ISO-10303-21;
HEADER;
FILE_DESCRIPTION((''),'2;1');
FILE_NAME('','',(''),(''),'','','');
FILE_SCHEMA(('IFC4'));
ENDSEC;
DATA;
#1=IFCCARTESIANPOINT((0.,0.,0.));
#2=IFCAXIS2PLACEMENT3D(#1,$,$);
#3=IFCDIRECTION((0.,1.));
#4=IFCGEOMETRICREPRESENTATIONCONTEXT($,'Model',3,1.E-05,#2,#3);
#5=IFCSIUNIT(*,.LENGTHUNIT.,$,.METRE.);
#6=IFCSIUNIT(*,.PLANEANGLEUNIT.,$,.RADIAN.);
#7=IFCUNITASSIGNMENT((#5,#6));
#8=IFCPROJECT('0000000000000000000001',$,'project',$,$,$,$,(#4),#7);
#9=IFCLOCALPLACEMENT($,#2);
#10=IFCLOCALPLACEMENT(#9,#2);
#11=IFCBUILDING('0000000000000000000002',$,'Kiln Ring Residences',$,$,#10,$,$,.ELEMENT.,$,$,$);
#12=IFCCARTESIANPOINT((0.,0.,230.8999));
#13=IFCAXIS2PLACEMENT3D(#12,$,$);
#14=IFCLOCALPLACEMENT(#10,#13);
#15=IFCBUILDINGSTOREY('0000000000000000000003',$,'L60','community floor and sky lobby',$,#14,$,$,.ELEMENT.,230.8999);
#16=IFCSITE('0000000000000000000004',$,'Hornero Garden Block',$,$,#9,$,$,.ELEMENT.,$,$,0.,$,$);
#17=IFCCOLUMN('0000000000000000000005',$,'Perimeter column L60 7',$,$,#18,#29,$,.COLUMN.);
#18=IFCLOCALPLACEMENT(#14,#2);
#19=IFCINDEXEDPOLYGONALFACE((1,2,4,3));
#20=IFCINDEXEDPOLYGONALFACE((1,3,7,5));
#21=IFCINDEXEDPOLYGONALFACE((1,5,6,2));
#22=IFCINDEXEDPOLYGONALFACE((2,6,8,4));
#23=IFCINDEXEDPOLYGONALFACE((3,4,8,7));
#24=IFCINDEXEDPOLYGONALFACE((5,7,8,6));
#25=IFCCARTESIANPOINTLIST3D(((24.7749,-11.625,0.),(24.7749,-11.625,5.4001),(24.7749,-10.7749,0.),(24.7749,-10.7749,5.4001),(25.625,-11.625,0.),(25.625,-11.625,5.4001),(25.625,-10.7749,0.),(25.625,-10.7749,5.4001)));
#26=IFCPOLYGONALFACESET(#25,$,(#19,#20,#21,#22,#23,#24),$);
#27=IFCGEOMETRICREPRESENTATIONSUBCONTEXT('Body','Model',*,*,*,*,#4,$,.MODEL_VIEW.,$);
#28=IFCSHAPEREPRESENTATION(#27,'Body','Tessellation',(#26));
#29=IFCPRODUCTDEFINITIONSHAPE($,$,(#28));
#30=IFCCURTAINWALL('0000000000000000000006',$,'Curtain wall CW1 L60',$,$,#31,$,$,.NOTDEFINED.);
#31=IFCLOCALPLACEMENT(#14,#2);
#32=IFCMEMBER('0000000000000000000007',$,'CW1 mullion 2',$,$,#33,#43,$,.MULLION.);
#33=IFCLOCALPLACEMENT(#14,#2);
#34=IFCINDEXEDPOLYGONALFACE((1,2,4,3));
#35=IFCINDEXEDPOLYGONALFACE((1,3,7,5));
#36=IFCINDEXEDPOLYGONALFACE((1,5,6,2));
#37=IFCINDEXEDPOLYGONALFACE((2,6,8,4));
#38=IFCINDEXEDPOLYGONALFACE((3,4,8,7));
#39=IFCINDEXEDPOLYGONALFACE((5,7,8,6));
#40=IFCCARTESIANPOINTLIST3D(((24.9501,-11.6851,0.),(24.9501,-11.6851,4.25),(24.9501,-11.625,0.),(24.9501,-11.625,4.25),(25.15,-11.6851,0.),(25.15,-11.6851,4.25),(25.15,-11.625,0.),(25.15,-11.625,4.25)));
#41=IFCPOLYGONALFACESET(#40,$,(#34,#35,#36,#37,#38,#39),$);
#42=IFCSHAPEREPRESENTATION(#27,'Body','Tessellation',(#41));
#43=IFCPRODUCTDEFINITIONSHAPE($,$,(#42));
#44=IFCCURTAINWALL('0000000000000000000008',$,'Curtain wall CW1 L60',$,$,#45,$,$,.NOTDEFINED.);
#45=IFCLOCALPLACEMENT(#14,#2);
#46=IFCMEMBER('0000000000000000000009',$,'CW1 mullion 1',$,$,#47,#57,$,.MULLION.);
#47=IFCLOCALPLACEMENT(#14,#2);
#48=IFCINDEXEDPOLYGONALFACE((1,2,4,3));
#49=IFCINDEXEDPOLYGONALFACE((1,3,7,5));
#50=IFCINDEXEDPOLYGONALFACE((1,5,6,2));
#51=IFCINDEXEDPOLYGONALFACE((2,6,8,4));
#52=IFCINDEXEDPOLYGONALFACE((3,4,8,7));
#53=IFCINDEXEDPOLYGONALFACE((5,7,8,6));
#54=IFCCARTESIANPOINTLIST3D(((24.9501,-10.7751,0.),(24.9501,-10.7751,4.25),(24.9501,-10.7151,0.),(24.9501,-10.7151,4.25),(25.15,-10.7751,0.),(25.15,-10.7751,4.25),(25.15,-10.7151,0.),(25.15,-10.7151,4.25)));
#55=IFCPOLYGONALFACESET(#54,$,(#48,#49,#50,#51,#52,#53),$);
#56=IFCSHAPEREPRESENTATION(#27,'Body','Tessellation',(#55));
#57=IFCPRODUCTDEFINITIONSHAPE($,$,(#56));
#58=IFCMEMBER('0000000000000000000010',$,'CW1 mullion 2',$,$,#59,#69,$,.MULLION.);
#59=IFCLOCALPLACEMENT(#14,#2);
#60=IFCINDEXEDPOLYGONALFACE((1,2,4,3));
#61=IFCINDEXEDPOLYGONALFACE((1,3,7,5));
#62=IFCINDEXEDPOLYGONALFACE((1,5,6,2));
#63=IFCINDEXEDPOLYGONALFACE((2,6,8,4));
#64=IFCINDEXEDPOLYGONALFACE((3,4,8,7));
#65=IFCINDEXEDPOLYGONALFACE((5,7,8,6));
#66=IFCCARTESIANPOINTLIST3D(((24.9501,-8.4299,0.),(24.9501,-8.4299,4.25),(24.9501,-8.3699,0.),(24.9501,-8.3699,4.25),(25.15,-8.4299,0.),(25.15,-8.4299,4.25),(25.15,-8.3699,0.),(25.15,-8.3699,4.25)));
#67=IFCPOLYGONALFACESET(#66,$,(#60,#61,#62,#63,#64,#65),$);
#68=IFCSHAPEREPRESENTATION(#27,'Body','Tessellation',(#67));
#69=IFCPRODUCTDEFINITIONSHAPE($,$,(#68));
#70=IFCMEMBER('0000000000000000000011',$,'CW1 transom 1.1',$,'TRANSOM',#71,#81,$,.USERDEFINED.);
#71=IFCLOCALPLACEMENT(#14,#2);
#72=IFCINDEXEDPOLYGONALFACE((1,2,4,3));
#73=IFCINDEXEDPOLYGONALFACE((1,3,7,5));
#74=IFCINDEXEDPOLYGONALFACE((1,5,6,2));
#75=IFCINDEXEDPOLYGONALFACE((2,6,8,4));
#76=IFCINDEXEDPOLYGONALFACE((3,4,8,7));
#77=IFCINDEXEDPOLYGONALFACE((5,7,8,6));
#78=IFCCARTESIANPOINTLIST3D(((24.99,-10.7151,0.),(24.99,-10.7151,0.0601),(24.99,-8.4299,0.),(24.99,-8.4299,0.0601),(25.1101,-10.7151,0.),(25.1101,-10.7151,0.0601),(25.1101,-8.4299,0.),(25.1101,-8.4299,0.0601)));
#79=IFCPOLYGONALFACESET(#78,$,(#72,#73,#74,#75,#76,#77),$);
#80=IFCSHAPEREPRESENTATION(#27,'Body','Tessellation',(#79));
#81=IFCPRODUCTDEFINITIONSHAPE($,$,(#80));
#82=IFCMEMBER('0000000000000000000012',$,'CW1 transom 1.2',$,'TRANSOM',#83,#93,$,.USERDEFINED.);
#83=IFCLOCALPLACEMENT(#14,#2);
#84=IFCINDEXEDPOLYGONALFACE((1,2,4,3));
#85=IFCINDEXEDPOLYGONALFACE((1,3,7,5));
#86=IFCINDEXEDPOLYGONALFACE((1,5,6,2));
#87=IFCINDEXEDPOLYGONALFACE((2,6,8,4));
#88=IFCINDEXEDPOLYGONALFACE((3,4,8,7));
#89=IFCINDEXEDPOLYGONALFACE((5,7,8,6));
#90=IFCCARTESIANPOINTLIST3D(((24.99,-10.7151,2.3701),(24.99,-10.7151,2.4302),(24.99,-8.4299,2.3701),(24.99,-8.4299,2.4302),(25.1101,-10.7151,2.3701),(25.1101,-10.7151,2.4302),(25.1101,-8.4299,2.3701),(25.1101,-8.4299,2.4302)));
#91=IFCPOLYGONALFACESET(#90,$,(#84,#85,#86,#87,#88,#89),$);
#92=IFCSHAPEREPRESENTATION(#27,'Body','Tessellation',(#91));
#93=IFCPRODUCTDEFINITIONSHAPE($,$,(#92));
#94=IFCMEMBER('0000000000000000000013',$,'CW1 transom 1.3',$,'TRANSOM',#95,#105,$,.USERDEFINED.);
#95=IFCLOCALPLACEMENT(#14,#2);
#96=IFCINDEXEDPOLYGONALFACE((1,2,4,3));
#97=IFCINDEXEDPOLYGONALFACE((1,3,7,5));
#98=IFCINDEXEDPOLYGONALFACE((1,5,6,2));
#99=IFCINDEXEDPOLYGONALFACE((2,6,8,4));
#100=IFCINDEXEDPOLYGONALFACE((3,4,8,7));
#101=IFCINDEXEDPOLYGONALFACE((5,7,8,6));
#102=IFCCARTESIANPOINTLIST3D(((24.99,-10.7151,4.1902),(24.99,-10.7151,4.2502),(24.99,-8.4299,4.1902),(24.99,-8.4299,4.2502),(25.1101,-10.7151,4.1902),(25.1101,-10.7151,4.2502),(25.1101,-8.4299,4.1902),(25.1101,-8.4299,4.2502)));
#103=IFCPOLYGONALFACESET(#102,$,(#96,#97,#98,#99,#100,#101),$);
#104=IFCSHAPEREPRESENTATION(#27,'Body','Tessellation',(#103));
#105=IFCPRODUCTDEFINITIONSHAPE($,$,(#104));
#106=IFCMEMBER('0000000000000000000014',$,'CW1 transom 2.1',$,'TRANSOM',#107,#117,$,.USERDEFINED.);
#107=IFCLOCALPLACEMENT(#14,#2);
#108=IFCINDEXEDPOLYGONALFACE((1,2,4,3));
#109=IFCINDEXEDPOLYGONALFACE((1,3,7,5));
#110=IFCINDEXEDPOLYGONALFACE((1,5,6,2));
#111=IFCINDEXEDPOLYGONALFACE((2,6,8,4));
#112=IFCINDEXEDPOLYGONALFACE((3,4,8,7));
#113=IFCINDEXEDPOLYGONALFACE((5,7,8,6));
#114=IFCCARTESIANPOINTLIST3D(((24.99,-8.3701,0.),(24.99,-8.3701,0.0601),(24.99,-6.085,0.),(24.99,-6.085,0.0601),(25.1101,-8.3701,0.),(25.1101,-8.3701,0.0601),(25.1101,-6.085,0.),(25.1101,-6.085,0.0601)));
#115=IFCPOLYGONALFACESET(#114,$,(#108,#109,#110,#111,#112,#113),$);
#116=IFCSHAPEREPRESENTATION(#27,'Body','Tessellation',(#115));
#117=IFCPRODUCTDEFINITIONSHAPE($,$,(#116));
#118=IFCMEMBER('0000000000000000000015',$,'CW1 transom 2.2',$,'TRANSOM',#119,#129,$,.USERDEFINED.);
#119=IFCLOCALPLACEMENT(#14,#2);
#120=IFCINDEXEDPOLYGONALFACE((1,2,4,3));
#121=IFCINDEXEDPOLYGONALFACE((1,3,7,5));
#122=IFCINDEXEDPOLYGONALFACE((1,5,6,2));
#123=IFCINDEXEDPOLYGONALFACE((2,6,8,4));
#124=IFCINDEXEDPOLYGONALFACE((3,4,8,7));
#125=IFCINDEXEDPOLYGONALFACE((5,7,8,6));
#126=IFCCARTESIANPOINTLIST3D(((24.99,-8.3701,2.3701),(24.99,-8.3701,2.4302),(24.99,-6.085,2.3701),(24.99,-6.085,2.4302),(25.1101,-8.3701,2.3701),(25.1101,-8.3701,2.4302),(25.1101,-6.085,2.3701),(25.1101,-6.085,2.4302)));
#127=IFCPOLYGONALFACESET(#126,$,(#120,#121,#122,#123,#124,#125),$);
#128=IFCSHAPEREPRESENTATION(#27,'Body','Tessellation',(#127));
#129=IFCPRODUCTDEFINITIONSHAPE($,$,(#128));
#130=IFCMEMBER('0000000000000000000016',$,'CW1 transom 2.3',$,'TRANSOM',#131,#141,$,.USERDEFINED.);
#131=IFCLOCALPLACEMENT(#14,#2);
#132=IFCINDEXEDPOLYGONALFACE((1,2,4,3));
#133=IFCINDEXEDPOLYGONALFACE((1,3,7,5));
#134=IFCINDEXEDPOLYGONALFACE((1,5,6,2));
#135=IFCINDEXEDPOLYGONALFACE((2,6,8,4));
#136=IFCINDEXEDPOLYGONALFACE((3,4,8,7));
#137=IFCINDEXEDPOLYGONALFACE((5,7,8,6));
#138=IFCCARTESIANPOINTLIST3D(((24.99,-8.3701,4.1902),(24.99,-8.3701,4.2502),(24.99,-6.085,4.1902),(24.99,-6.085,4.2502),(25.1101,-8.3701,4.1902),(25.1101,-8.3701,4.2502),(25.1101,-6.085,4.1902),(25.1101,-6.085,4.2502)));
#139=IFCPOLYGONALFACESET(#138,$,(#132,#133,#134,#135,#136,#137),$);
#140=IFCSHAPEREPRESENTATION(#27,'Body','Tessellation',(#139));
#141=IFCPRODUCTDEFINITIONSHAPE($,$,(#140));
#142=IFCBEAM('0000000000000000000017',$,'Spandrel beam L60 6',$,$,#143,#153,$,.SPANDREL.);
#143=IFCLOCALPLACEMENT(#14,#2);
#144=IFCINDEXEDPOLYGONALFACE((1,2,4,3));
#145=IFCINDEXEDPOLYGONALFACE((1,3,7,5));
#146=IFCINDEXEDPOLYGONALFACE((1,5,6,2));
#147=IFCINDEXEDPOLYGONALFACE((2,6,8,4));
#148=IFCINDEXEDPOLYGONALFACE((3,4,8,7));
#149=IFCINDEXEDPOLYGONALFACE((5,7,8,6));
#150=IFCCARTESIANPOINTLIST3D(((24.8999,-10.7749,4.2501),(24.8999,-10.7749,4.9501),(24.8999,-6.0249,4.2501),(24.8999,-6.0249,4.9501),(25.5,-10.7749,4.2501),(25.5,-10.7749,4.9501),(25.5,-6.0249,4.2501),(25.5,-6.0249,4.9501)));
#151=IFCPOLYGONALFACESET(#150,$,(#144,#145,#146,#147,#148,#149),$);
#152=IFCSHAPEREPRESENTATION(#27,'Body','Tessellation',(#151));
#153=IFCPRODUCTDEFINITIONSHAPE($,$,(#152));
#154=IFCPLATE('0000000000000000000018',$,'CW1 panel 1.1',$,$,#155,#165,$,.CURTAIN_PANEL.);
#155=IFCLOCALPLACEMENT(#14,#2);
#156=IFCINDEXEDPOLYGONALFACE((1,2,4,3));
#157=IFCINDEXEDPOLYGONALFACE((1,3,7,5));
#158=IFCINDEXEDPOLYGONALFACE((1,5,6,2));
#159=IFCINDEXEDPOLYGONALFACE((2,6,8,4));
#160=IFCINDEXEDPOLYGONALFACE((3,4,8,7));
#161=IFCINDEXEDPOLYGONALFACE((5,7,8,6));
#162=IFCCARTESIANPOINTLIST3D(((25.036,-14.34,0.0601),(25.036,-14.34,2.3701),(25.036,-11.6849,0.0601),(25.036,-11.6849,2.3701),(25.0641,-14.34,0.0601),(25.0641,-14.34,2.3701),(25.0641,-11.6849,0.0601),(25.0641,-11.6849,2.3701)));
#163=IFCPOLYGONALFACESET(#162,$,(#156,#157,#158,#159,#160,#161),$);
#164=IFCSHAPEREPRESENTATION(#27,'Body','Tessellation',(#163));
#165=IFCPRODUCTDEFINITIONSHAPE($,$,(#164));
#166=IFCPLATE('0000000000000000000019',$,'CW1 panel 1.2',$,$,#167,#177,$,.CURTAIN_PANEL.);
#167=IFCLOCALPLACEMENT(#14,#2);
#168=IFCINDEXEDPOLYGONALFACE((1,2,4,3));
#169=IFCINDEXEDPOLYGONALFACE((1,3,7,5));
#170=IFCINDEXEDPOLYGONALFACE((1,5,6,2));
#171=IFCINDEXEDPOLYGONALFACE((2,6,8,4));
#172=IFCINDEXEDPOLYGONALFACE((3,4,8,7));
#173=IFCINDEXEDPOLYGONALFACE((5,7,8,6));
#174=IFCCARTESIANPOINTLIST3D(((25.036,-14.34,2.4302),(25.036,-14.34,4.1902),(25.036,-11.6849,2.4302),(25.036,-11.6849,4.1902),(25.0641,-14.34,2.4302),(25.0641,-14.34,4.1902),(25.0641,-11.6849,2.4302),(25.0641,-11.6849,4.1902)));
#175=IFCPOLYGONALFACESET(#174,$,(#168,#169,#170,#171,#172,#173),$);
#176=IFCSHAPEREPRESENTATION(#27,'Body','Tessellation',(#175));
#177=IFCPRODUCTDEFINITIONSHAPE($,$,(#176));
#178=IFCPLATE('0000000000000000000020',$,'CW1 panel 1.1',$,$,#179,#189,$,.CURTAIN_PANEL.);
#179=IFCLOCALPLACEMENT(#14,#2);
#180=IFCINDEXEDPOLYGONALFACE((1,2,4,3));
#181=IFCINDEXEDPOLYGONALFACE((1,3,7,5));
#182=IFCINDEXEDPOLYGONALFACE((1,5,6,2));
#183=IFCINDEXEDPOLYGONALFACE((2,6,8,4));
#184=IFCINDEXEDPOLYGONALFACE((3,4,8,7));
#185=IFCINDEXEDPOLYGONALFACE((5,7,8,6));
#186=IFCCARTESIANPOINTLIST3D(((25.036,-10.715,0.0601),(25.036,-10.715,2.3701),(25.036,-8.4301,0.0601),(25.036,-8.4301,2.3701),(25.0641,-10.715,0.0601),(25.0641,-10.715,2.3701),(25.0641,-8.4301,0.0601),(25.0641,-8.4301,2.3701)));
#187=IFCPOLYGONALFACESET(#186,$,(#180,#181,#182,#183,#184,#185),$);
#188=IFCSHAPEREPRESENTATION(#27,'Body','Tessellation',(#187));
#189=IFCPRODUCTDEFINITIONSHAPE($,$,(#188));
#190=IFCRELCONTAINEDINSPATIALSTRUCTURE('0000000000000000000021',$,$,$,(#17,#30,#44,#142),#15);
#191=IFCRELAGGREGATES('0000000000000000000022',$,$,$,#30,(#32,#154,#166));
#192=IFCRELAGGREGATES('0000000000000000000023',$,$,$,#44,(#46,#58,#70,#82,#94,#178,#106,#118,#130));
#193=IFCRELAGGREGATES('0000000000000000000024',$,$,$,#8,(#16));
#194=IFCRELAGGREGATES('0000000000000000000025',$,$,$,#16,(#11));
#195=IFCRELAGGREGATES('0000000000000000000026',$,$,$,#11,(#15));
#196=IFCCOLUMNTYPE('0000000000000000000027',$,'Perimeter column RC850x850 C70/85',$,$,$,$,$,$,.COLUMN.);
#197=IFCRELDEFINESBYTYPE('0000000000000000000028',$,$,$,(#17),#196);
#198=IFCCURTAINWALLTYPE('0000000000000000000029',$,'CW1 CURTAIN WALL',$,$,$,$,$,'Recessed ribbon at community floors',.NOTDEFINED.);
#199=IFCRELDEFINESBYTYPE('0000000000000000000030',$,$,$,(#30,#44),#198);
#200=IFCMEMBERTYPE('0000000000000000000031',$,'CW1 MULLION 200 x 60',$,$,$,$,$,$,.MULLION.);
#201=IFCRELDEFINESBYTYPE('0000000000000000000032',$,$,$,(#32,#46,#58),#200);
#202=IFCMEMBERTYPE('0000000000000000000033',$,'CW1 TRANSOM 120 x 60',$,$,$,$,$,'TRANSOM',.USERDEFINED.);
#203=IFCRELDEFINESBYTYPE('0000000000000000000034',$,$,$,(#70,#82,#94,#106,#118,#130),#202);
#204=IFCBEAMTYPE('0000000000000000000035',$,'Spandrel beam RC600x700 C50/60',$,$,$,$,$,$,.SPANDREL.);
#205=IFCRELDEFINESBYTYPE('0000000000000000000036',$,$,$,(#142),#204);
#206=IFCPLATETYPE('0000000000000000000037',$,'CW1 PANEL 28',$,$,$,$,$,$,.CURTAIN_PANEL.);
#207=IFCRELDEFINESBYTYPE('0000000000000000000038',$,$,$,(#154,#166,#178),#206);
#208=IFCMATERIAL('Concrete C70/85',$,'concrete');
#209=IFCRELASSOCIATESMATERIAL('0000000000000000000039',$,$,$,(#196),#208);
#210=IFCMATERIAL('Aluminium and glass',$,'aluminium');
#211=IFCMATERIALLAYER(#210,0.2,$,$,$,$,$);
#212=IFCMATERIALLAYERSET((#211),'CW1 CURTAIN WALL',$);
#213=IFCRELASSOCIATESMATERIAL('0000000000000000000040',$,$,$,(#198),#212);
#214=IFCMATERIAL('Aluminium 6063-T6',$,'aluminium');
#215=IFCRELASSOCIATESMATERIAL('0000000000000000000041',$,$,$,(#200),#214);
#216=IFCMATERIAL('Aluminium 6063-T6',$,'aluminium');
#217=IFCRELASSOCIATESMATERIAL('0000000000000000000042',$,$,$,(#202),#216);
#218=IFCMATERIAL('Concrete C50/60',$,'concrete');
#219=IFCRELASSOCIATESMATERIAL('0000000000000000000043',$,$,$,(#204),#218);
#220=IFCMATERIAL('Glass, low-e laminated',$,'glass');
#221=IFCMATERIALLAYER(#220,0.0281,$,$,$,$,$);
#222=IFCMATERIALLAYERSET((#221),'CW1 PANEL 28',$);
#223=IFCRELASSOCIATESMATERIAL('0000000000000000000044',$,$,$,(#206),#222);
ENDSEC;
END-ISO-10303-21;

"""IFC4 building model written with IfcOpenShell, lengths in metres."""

from ifc_helpers import new_model, si_unit, direction, frame, origin, origin_2d, place, context, subcontext, project, spatial, rectangle, extrude, material, layer, layer_set, material_profile, profile_set, type_object, element, aggregate, save


model = new_model("IFC4")

# Units and contexts
model_context = context("Model", 3, precision=1e-05, world=origin(), true_north=direction((0.0, 1.0)))
body_context = subcontext(model_context, "Body", "Model", "MODEL_VIEW")
ifc_project = project(units=[si_unit("LENGTHUNIT", "METRE"), si_unit("PLANEANGLEUNIT", "RADIAN")], contexts=[model_context])

# Site, building, storey
site_placement = place(None, origin())
site = spatial("IfcSite", under=ifc_project, at=site_placement, Name="Hornero Garden Block", CompositionType="ELEMENT", RefElevation=0.0)
building_placement = place(site_placement, origin())
building = spatial("IfcBuilding", under=site, at=building_placement, Name="Kiln Ring Residences", CompositionType="ELEMENT")
storey_placement = place(building_placement, frame((0.0, 0.0, 230.8999)))
storey = spatial("IfcBuildingStorey", under=building, at=storey_placement, Name="L60", Description="community floor and sky lobby", CompositionType="ELEMENT", Elevation=230.8999)

# Column
ifc_material_1 = material(Name="Concrete C70/85", Category="concrete")
ifc_material_profile_1 = material_profile(ifc_material_1, rectangle(XDim=0.8501, YDim=0.8501, at=origin_2d()), Name="RC850x850")
ifc_profile_set_1 = profile_set([ifc_material_profile_1], Name="Concrete C70/85")
column_type = type_object("IfcColumnType", Name="Perimeter column RC850x850 C70/85", PredefinedType="COLUMN", material=ifc_profile_set_1)
column_placement = place(storey_placement, frame((25.2, -11.2, 0.0), z_axis=(0.0, 0.0, 1.0), x_axis=(1.0, 0.0, 0.0)))
element("IfcColumn", 1, at=column_placement, inside=storey, type_object=column_type, Name="Perimeter column L60 7", PredefinedType="COLUMN", context=body_context, shape_type="SweptSolid", body=[
    extrude(rectangle(XDim=0.8501, YDim=0.8501, at=origin_2d()), origin(), (0.0, 0.0, 1.0), 5.4001),
])

# Curtain wall, member
ifc_material_2 = material(Name="Aluminium and glass", Category="aluminium")
ifc_layer_1 = layer(ifc_material_2, 0.2)
ifc_layer_set_1 = layer_set([ifc_layer_1], Name="CW1 CURTAIN WALL")
curtain_wall_type = type_object("IfcCurtainWallType", Name="CW1 CURTAIN WALL", ElementType="Recessed ribbon at community floors", PredefinedType="NOTDEFINED", material=ifc_layer_set_1)
placement = place(storey_placement, origin())
curtain_wall_1 = element("IfcCurtainWall", 2, at=placement, inside=storey, type_object=curtain_wall_type, Name="Curtain wall CW1 L60", PredefinedType="NOTDEFINED")
ifc_material_3 = material(Name="Aluminium 6063-T6", Category="aluminium")
ifc_material_profile_2 = material_profile(ifc_material_3, rectangle(XDim=0.2, YDim=0.0601, at=origin_2d()), Name="AL 200x60")
ifc_profile_set_2 = profile_set([ifc_material_profile_2], Name="Aluminium 6063-T6")
member_type_1 = type_object("IfcMemberType", Name="CW1 MULLION 200 x 60", PredefinedType="MULLION", material=ifc_profile_set_2)
member_1_placement = place(storey_placement, frame((25.05, -11.655, 0.0), z_axis=(0.0, 0.0, 1.0), x_axis=(-1.0, 0.0, 0.0)))
member_1 = element("IfcMember", 3, at=member_1_placement, type_object=member_type_1, Name="CW1 mullion 2", PredefinedType="MULLION", context=body_context, shape_type="SweptSolid", body=[
    extrude(rectangle(XDim=0.2, YDim=0.0601, at=origin_2d()), origin(), (0.0, 0.0, 1.0), 4.25),
])

# Curtain wall, members
curtain_wall_2 = element("IfcCurtainWall", 4, at=placement, inside=storey, type_object=curtain_wall_type, Name="Curtain wall CW1 L60", PredefinedType="NOTDEFINED")
member_2_placement = place(storey_placement, frame((25.05, -10.7451, 0.0), z_axis=(0.0, 0.0, 1.0), x_axis=(-1.0, 0.0, 0.0)))
member_2 = element("IfcMember", 5, at=member_2_placement, type_object=member_type_1, Name="CW1 mullion 1", PredefinedType="MULLION", context=body_context, shape_type="SweptSolid", body=[
    extrude(rectangle(XDim=0.2, YDim=0.0601, at=origin_2d()), origin(), (0.0, 0.0, 1.0), 4.25),
])
member_3_placement = place(storey_placement, frame((25.05, -8.3999, 0.0), z_axis=(0.0, 0.0, 1.0), x_axis=(-1.0, 0.0, 0.0)))
member_3 = element("IfcMember", 6, at=member_3_placement, type_object=member_type_1, Name="CW1 mullion 2", PredefinedType="MULLION", context=body_context, shape_type="SweptSolid", body=[
    extrude(rectangle(XDim=0.2, YDim=0.0601, at=origin_2d()), origin(), (0.0, 0.0, 1.0), 4.25),
])
ifc_material_4 = material(Name="Aluminium 6063-T6", Category="aluminium")
ifc_material_profile_3 = material_profile(ifc_material_4, rectangle(XDim=0.1201, YDim=0.0601, at=origin_2d()), Name="AL 120x60")
ifc_profile_set_3 = profile_set([ifc_material_profile_3], Name="Aluminium 6063-T6")
member_type_2 = type_object("IfcMemberType", Name="CW1 TRANSOM 120 x 60", ElementType="TRANSOM", PredefinedType="USERDEFINED", material=ifc_profile_set_3)
member_4_placement = place(storey_placement, frame((25.05, -10.7151, 0.03), z_axis=(0.0, 1.0, 0.0), x_axis=(-1.0, 0.0, 0.0)))
member_4 = element("IfcMember", 7, at=member_4_placement, type_object=member_type_2, Name="CW1 transom 1.1", ObjectType="TRANSOM", PredefinedType="USERDEFINED", context=body_context, shape_type="SweptSolid", body=[
    extrude(rectangle(XDim=0.1201, YDim=0.0601, at=origin_2d()), origin(), (0.0, 0.0, 1.0), 2.2852),
])
member_5_placement = place(storey_placement, frame((25.05, -10.7151, 2.4001), z_axis=(0.0, 1.0, 0.0), x_axis=(-1.0, 0.0, 0.0)))
member_5 = element("IfcMember", 8, at=member_5_placement, type_object=member_type_2, Name="CW1 transom 1.2", ObjectType="TRANSOM", PredefinedType="USERDEFINED", context=body_context, shape_type="SweptSolid", body=[
    extrude(rectangle(XDim=0.1201, YDim=0.0601, at=origin_2d()), origin(), (0.0, 0.0, 1.0), 2.2852),
])
member_6_placement = place(storey_placement, frame((25.05, -10.7151, 4.2202), z_axis=(0.0, 1.0, 0.0), x_axis=(-1.0, 0.0, 0.0)))
member_6 = element("IfcMember", 9, at=member_6_placement, type_object=member_type_2, Name="CW1 transom 1.3", ObjectType="TRANSOM", PredefinedType="USERDEFINED", context=body_context, shape_type="SweptSolid", body=[
    extrude(rectangle(XDim=0.1201, YDim=0.0601, at=origin_2d()), origin(), (0.0, 0.0, 1.0), 2.2852),
])
member_7_placement = place(storey_placement, frame((25.05, -8.3701, 0.03), z_axis=(0.0, 1.0, 0.0), x_axis=(-1.0, 0.0, 0.0)))
member_7 = element("IfcMember", 10, at=member_7_placement, type_object=member_type_2, Name="CW1 transom 2.1", ObjectType="TRANSOM", PredefinedType="USERDEFINED", context=body_context, shape_type="SweptSolid", body=[
    extrude(rectangle(XDim=0.1201, YDim=0.0601, at=origin_2d()), origin(), (0.0, 0.0, 1.0), 2.2852),
])
member_8_placement = place(storey_placement, frame((25.05, -8.3701, 2.4001), z_axis=(0.0, 1.0, 0.0), x_axis=(-1.0, 0.0, 0.0)))
member_8 = element("IfcMember", 11, at=member_8_placement, type_object=member_type_2, Name="CW1 transom 2.2", ObjectType="TRANSOM", PredefinedType="USERDEFINED", context=body_context, shape_type="SweptSolid", body=[
    extrude(rectangle(XDim=0.1201, YDim=0.0601, at=origin_2d()), origin(), (0.0, 0.0, 1.0), 2.2852),
])
member_9_placement = place(storey_placement, frame((25.05, -8.3701, 4.2202), z_axis=(0.0, 1.0, 0.0), x_axis=(-1.0, 0.0, 0.0)))
member_9 = element("IfcMember", 12, at=member_9_placement, type_object=member_type_2, Name="CW1 transom 2.3", ObjectType="TRANSOM", PredefinedType="USERDEFINED", context=body_context, shape_type="SweptSolid", body=[
    extrude(rectangle(XDim=0.1201, YDim=0.0601, at=origin_2d()), origin(), (0.0, 0.0, 1.0), 2.2852),
])

# Beam
ifc_material_5 = material(Name="Concrete C50/60", Category="concrete")
ifc_material_profile_4 = material_profile(ifc_material_5, rectangle(XDim=0.6001, YDim=0.7, at=origin_2d()), Name="RC600x700")
ifc_profile_set_4 = profile_set([ifc_material_profile_4], Name="Concrete C50/60")
beam_type = type_object("IfcBeamType", Name="Spandrel beam RC600x700 C50/60", PredefinedType="SPANDREL", material=ifc_profile_set_4)
beam_placement = place(storey_placement, frame((25.2, -10.7749, 4.6001), z_axis=(0.0, 1.0, 0.0), x_axis=(-1.0, 0.0, 0.0)))
element("IfcBeam", 13, at=beam_placement, inside=storey, type_object=beam_type, Name="Spandrel beam L60 6", PredefinedType="SPANDREL", context=body_context, shape_type="SweptSolid", body=[
    extrude(rectangle(XDim=0.6001, YDim=0.7, at=origin_2d()), origin(), (0.0, 0.0, 1.0), 4.75),
])

# Plates
ifc_material_6 = material(Name="Glass, low-e laminated", Category="glass")
ifc_layer_2 = layer(ifc_material_6, 0.0281)
ifc_layer_set_2 = layer_set([ifc_layer_2], Name="CW1 PANEL 28")
plate_type = type_object("IfcPlateType", Name="CW1 PANEL 28", PredefinedType="CURTAIN_PANEL", material=ifc_layer_set_2)
plate_1_placement = place(storey_placement, frame((25.05, -13.0125, 0.0601), z_axis=(0.0, 0.0, 1.0), x_axis=(0.0, 1.0, 0.0)))
plate_1 = element("IfcPlate", 14, at=plate_1_placement, type_object=plate_type, Name="CW1 panel 1.1", PredefinedType="CURTAIN_PANEL", context=body_context, shape_type="SweptSolid", body=[
    extrude(rectangle(XDim=2.655, YDim=0.0281, at=origin_2d()), origin(), (0.0, 0.0, 1.0), 2.3101),
])
plate_2_placement = place(storey_placement, frame((25.05, -13.0125, 2.4302), z_axis=(0.0, 0.0, 1.0), x_axis=(0.0, 1.0, 0.0)))
plate_2 = element("IfcPlate", 15, at=plate_2_placement, type_object=plate_type, Name="CW1 panel 1.2", PredefinedType="CURTAIN_PANEL", context=body_context, shape_type="SweptSolid", body=[
    extrude(rectangle(XDim=2.655, YDim=0.0281, at=origin_2d()), origin(), (0.0, 0.0, 1.0), 1.76),
])
aggregate(curtain_wall_1, [member_1, plate_1, plate_2])
plate_3_placement = place(storey_placement, frame((25.05, -9.5725, 0.0601), z_axis=(0.0, 0.0, 1.0), x_axis=(0.0, 1.0, 0.0)))
plate_3 = element("IfcPlate", 16, at=plate_3_placement, type_object=plate_type, Name="CW1 panel 1.1", PredefinedType="CURTAIN_PANEL", context=body_context, shape_type="SweptSolid", body=[
    extrude(rectangle(XDim=2.2849, YDim=0.0281, at=origin_2d()), origin(), (0.0, 0.0, 1.0), 2.3101),
])
aggregate(curtain_wall_2, [member_2, member_3, member_4, member_5, member_6, plate_3, member_7, member_8, member_9])

save(model, "model.ifc")
